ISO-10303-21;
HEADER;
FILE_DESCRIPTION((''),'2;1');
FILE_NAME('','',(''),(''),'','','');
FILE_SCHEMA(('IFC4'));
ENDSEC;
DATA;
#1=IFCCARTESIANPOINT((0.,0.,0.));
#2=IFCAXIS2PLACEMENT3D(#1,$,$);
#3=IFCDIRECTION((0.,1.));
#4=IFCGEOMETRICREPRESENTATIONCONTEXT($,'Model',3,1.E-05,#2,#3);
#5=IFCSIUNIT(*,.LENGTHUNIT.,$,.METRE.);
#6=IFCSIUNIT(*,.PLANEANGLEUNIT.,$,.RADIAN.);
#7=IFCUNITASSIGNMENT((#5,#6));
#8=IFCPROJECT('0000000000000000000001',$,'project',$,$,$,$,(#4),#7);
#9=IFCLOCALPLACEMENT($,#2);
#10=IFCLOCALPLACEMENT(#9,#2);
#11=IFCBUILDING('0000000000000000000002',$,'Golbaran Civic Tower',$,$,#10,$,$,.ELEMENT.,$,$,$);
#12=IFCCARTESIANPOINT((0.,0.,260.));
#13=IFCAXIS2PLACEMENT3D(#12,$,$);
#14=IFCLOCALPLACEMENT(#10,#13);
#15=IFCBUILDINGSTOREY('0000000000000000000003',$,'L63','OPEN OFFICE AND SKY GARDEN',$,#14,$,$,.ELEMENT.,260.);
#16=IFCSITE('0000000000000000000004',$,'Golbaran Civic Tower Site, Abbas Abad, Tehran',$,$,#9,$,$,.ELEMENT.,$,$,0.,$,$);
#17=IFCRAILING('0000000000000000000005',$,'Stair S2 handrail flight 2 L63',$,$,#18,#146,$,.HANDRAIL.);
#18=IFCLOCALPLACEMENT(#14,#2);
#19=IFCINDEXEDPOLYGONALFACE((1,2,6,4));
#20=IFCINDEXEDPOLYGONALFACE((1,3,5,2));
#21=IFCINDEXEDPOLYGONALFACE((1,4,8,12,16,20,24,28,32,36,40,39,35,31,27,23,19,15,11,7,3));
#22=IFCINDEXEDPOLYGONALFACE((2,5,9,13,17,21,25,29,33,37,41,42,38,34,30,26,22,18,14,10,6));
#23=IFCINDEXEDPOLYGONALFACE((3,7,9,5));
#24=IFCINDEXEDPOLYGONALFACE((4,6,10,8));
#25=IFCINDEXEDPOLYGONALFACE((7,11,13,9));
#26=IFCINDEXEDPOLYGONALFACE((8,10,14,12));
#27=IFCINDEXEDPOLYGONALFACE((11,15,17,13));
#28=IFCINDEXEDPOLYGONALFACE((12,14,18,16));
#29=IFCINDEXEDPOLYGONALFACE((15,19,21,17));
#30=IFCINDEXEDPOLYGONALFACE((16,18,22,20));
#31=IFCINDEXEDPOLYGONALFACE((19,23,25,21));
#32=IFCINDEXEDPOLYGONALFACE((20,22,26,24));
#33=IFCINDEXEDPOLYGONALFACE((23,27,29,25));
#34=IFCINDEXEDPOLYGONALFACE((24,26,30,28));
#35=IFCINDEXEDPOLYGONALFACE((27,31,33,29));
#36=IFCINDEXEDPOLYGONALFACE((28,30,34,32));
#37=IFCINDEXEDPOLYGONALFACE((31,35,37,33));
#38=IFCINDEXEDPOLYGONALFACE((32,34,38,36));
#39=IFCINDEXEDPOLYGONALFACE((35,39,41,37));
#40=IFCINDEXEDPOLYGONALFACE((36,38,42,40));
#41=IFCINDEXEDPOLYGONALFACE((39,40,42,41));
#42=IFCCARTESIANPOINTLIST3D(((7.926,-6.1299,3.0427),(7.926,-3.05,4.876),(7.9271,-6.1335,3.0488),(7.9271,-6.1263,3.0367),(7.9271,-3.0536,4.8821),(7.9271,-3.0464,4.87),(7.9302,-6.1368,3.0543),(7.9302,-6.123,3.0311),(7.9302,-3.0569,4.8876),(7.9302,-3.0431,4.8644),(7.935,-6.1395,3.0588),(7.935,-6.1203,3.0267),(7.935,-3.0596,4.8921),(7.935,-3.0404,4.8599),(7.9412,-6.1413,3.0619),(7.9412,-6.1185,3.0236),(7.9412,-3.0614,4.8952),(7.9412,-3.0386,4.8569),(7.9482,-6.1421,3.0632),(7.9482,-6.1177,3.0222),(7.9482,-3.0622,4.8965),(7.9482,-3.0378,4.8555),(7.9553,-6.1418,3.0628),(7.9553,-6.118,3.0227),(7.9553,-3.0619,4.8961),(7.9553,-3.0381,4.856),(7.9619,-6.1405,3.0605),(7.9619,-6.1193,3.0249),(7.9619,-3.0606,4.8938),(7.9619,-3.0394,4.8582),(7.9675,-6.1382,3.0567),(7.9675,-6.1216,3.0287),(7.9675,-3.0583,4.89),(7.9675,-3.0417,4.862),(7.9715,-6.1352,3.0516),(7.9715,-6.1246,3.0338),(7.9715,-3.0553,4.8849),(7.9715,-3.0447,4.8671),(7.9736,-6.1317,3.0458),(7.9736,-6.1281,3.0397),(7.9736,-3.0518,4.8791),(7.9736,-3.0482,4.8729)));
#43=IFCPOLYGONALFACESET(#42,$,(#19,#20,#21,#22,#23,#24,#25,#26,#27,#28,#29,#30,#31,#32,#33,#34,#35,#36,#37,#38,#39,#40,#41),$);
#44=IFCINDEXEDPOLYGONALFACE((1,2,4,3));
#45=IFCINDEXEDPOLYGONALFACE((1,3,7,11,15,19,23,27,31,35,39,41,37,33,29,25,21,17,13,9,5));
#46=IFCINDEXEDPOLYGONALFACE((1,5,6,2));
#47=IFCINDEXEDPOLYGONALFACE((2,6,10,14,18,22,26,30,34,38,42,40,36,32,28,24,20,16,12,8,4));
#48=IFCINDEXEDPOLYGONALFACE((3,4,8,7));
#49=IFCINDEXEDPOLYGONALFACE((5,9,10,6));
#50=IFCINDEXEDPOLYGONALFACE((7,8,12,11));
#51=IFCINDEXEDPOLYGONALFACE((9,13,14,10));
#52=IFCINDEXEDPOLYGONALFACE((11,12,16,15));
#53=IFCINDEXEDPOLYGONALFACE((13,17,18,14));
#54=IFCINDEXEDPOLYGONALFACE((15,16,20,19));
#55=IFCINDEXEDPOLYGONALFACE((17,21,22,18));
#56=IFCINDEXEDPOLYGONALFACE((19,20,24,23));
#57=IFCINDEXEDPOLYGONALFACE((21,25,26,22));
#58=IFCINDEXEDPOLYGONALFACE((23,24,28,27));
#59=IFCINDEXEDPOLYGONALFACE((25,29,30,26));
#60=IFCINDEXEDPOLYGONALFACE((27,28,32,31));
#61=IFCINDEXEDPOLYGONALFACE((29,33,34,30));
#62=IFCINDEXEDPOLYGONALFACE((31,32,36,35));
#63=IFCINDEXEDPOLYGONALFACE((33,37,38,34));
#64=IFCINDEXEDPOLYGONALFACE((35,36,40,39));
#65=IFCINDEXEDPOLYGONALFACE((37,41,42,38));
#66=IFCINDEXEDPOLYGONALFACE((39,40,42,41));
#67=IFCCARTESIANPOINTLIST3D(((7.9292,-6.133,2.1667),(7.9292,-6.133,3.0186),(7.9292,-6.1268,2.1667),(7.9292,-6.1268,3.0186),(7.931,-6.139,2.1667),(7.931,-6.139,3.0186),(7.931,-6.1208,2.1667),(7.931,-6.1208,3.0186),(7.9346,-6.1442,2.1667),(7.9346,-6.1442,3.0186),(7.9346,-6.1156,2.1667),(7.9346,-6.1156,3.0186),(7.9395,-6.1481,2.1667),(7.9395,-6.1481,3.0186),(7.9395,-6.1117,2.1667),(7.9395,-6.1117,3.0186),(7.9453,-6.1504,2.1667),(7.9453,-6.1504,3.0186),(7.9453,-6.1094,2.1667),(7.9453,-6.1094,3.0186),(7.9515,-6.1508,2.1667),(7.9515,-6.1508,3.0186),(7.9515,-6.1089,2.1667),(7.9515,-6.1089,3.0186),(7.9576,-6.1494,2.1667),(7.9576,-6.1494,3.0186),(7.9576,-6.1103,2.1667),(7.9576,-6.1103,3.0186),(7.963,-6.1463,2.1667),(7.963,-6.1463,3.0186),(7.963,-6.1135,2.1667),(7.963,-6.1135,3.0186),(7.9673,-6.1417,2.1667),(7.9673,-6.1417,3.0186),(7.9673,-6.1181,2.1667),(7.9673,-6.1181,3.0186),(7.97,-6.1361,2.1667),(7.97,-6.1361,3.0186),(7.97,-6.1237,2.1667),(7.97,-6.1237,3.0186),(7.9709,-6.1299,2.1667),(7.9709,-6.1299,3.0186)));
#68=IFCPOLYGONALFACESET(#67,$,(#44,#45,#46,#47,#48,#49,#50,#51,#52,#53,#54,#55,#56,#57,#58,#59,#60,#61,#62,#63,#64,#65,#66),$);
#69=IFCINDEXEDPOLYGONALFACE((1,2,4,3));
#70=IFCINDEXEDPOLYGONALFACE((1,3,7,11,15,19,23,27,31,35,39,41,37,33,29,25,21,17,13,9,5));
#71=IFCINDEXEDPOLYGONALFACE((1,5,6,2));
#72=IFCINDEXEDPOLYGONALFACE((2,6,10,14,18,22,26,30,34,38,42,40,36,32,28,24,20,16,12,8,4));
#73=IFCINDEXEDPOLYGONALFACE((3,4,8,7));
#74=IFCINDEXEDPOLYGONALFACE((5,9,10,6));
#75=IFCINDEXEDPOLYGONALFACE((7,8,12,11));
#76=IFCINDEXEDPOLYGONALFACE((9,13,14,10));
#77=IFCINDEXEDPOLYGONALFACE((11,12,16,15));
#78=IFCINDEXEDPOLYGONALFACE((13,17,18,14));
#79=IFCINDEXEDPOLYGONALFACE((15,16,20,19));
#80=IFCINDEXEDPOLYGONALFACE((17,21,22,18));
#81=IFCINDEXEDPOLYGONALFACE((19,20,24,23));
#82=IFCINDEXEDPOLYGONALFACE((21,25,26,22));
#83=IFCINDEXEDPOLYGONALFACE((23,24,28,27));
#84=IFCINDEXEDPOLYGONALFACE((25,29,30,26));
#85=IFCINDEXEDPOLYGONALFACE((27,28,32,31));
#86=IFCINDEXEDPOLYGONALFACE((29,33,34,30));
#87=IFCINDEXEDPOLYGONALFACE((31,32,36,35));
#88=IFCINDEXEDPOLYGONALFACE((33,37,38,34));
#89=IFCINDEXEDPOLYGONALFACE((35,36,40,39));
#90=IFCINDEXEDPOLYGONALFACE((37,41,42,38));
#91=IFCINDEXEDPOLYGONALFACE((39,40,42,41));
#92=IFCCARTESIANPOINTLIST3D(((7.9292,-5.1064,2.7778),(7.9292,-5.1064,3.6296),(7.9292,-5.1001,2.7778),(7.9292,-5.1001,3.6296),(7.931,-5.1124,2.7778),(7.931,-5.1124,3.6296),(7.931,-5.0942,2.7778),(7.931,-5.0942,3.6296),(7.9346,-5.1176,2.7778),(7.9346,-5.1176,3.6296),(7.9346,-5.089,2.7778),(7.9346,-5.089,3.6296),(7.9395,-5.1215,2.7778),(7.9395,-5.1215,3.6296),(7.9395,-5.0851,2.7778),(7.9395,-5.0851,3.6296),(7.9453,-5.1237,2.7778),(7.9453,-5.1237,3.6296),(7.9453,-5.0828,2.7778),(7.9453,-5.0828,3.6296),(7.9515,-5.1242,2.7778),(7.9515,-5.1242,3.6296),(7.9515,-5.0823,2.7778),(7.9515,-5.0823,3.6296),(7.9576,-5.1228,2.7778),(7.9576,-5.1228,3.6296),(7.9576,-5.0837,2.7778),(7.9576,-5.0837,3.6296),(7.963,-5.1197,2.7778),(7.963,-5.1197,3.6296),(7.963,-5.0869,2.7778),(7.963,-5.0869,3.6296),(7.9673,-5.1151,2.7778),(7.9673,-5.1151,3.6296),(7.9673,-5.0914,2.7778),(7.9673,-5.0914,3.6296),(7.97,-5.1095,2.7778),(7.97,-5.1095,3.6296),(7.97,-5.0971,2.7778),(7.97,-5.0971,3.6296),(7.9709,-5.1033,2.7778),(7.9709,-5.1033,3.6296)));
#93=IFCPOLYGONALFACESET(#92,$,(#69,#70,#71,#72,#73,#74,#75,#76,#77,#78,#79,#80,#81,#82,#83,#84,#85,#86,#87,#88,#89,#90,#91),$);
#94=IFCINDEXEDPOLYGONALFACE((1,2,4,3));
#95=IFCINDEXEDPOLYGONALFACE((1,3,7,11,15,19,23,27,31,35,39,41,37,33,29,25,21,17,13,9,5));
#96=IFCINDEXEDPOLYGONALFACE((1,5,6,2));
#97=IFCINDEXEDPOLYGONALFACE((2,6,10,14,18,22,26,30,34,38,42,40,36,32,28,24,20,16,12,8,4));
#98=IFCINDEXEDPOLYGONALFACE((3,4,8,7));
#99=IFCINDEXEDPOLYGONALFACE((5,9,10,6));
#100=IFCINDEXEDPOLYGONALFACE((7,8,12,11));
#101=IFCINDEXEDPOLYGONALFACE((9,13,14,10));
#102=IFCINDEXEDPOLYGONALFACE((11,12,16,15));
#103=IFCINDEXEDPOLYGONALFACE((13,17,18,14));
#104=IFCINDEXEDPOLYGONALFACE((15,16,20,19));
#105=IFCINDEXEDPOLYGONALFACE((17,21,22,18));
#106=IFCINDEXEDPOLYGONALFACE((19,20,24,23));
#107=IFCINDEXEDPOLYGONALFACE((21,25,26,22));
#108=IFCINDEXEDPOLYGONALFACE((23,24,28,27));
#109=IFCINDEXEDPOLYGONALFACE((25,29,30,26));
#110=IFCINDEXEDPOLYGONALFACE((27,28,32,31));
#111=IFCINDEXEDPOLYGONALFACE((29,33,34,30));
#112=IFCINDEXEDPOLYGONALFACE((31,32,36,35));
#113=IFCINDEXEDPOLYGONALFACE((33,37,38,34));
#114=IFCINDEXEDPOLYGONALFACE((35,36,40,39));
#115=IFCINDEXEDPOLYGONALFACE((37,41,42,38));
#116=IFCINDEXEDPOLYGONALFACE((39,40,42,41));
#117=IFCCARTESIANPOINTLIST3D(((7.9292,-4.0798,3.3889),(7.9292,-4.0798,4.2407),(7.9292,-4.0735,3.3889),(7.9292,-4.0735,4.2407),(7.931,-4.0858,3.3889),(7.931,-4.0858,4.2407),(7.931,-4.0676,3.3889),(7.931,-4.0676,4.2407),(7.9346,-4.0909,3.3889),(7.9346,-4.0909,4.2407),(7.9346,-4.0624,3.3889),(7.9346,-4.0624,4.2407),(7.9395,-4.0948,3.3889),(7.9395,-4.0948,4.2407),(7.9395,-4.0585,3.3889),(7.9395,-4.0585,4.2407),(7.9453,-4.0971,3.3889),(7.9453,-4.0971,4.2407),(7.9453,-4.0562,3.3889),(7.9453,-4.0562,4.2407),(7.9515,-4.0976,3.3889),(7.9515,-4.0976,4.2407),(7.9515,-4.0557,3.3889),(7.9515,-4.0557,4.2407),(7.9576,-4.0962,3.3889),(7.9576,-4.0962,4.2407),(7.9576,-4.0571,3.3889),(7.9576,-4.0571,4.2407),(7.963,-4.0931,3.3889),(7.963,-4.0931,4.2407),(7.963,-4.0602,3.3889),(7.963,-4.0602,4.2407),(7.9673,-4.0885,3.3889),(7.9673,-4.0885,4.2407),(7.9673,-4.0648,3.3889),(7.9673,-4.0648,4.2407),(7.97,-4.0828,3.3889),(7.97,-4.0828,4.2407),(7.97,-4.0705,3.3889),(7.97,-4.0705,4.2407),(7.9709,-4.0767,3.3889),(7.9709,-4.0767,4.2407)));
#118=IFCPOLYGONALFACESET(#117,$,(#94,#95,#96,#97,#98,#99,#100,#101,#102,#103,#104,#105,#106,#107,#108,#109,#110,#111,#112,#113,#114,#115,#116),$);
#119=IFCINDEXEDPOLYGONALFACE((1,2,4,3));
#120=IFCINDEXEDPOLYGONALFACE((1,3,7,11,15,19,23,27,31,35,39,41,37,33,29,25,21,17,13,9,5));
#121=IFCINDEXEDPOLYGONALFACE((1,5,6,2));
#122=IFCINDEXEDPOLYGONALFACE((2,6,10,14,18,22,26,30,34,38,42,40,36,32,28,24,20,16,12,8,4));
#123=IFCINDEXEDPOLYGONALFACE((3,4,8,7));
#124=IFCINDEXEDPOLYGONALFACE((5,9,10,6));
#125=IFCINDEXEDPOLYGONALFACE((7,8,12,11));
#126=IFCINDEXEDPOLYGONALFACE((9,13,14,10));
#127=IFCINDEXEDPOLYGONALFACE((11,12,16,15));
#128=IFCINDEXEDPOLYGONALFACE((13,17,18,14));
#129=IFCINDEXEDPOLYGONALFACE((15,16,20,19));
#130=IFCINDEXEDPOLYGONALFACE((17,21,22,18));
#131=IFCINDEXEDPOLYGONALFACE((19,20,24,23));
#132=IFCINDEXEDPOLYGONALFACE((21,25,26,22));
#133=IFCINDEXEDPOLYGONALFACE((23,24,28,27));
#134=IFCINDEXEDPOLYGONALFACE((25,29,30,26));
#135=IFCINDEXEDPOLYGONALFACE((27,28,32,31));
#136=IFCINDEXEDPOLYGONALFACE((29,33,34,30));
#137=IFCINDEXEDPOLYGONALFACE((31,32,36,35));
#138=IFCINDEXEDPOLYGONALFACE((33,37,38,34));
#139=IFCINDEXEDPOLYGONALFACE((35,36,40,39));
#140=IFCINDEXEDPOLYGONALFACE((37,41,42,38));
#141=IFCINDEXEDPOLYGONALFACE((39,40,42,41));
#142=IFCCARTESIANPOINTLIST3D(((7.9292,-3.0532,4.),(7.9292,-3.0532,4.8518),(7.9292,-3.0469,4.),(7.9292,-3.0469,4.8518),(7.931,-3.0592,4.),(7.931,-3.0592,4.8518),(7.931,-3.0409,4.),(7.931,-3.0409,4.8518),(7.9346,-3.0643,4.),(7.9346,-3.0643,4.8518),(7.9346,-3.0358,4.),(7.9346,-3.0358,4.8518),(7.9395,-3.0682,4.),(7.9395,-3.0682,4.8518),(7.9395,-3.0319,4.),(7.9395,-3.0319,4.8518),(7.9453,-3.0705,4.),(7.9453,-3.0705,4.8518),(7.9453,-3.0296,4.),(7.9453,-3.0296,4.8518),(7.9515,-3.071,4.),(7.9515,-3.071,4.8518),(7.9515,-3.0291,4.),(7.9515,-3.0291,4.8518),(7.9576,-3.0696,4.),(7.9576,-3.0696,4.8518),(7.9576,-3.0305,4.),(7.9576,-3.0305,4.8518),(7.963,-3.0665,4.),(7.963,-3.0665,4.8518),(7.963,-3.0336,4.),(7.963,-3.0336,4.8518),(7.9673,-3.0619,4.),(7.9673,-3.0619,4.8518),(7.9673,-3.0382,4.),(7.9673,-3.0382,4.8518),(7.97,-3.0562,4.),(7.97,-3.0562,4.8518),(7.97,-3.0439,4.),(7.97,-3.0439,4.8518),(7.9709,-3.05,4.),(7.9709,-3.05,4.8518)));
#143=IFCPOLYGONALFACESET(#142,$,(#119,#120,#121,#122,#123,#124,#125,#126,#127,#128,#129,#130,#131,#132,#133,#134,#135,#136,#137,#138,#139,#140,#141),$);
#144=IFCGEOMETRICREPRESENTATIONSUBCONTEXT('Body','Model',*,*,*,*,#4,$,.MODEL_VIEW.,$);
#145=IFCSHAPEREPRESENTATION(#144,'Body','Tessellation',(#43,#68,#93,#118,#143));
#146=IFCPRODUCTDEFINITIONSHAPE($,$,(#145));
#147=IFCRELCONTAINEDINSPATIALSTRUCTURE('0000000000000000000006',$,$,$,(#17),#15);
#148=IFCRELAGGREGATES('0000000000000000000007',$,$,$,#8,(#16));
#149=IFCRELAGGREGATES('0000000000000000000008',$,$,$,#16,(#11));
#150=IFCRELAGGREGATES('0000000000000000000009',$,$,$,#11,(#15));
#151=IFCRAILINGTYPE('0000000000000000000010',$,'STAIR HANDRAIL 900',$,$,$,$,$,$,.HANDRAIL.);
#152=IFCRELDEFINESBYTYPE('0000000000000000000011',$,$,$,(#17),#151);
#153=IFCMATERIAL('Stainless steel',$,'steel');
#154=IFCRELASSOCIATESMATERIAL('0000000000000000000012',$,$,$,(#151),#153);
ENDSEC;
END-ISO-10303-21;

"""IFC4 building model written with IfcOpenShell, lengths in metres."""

from ifc_helpers import new_model, si_unit, direction, frame, origin, origin_2d, place, context, subcontext, project, spatial, circle, extrude, material, type_object, element, save


model = new_model("IFC4")

# Units and contexts
model_context = context("Model", 3, precision=1e-05, world=origin(), true_north=direction((0.0, 1.0)))
body_context = subcontext(model_context, "Body", "Model", "MODEL_VIEW")
ifc_project = project(units=[si_unit("LENGTHUNIT", "METRE"), si_unit("PLANEANGLEUNIT", "RADIAN")], contexts=[model_context])

# Site, building, storey
site_placement = place(None, origin())
site = spatial("IfcSite", under=ifc_project, at=site_placement, Name="Golbaran Civic Tower Site, Abbas Abad, Tehran", CompositionType="ELEMENT", RefElevation=0.0)
building_placement = place(site_placement, origin())
building = spatial("IfcBuilding", under=site, at=building_placement, Name="Golbaran Civic Tower", CompositionType="ELEMENT")
storey_placement = place(building_placement, frame((0.0, 0.0, 260.0)))
storey = spatial("IfcBuildingStorey", under=building, at=storey_placement, Name="L63", Description="OPEN OFFICE AND SKY GARDEN", CompositionType="ELEMENT", Elevation=260.0)

# Shared definitions
ifc_material_1 = material(Name="Stainless steel", Category="steel")

# Railing
railing_type = type_object("IfcRailingType", Name="STAIR HANDRAIL 900", PredefinedType="HANDRAIL", material=ifc_material_1)
railing_1_placement = place(storey_placement, frame((7.95, -6.1299, 2.1667)))
element("IfcRailing", 1, at=railing_1_placement, inside=storey, type_object=railing_type, Name="Stair S2 handrail flight 2 L63", PredefinedType="HANDRAIL", context=body_context, shape_type="SweptSolid", body=[
    extrude(circle(Radius=0.0239, at=origin_2d()), frame((0.0, 0.0, 0.876), z_axis=(0.0, 0.859291, 0.511487), x_axis=(-1.0, 0.0, 0.0)), (0.0, 0.0, 1.0), 3.5842),
    extrude(circle(Radius=0.021, at=origin_2d()), origin(), (0.0, 0.0, 1.0), 0.8518),
    extrude(circle(Radius=0.021, at=origin_2d()), frame((0.0, 1.0266, 0.6111)), (0.0, 0.0, 1.0), 0.8518),
    extrude(circle(Radius=0.021, at=origin_2d()), frame((0.0, 2.0532, 1.2222)), (0.0, 0.0, 1.0), 0.8518),
    extrude(circle(Radius=0.021, at=origin_2d()), frame((0.0, 3.0798, 1.8333)), (0.0, 0.0, 1.0), 0.8518),
])

save(model, "model.ifc")
